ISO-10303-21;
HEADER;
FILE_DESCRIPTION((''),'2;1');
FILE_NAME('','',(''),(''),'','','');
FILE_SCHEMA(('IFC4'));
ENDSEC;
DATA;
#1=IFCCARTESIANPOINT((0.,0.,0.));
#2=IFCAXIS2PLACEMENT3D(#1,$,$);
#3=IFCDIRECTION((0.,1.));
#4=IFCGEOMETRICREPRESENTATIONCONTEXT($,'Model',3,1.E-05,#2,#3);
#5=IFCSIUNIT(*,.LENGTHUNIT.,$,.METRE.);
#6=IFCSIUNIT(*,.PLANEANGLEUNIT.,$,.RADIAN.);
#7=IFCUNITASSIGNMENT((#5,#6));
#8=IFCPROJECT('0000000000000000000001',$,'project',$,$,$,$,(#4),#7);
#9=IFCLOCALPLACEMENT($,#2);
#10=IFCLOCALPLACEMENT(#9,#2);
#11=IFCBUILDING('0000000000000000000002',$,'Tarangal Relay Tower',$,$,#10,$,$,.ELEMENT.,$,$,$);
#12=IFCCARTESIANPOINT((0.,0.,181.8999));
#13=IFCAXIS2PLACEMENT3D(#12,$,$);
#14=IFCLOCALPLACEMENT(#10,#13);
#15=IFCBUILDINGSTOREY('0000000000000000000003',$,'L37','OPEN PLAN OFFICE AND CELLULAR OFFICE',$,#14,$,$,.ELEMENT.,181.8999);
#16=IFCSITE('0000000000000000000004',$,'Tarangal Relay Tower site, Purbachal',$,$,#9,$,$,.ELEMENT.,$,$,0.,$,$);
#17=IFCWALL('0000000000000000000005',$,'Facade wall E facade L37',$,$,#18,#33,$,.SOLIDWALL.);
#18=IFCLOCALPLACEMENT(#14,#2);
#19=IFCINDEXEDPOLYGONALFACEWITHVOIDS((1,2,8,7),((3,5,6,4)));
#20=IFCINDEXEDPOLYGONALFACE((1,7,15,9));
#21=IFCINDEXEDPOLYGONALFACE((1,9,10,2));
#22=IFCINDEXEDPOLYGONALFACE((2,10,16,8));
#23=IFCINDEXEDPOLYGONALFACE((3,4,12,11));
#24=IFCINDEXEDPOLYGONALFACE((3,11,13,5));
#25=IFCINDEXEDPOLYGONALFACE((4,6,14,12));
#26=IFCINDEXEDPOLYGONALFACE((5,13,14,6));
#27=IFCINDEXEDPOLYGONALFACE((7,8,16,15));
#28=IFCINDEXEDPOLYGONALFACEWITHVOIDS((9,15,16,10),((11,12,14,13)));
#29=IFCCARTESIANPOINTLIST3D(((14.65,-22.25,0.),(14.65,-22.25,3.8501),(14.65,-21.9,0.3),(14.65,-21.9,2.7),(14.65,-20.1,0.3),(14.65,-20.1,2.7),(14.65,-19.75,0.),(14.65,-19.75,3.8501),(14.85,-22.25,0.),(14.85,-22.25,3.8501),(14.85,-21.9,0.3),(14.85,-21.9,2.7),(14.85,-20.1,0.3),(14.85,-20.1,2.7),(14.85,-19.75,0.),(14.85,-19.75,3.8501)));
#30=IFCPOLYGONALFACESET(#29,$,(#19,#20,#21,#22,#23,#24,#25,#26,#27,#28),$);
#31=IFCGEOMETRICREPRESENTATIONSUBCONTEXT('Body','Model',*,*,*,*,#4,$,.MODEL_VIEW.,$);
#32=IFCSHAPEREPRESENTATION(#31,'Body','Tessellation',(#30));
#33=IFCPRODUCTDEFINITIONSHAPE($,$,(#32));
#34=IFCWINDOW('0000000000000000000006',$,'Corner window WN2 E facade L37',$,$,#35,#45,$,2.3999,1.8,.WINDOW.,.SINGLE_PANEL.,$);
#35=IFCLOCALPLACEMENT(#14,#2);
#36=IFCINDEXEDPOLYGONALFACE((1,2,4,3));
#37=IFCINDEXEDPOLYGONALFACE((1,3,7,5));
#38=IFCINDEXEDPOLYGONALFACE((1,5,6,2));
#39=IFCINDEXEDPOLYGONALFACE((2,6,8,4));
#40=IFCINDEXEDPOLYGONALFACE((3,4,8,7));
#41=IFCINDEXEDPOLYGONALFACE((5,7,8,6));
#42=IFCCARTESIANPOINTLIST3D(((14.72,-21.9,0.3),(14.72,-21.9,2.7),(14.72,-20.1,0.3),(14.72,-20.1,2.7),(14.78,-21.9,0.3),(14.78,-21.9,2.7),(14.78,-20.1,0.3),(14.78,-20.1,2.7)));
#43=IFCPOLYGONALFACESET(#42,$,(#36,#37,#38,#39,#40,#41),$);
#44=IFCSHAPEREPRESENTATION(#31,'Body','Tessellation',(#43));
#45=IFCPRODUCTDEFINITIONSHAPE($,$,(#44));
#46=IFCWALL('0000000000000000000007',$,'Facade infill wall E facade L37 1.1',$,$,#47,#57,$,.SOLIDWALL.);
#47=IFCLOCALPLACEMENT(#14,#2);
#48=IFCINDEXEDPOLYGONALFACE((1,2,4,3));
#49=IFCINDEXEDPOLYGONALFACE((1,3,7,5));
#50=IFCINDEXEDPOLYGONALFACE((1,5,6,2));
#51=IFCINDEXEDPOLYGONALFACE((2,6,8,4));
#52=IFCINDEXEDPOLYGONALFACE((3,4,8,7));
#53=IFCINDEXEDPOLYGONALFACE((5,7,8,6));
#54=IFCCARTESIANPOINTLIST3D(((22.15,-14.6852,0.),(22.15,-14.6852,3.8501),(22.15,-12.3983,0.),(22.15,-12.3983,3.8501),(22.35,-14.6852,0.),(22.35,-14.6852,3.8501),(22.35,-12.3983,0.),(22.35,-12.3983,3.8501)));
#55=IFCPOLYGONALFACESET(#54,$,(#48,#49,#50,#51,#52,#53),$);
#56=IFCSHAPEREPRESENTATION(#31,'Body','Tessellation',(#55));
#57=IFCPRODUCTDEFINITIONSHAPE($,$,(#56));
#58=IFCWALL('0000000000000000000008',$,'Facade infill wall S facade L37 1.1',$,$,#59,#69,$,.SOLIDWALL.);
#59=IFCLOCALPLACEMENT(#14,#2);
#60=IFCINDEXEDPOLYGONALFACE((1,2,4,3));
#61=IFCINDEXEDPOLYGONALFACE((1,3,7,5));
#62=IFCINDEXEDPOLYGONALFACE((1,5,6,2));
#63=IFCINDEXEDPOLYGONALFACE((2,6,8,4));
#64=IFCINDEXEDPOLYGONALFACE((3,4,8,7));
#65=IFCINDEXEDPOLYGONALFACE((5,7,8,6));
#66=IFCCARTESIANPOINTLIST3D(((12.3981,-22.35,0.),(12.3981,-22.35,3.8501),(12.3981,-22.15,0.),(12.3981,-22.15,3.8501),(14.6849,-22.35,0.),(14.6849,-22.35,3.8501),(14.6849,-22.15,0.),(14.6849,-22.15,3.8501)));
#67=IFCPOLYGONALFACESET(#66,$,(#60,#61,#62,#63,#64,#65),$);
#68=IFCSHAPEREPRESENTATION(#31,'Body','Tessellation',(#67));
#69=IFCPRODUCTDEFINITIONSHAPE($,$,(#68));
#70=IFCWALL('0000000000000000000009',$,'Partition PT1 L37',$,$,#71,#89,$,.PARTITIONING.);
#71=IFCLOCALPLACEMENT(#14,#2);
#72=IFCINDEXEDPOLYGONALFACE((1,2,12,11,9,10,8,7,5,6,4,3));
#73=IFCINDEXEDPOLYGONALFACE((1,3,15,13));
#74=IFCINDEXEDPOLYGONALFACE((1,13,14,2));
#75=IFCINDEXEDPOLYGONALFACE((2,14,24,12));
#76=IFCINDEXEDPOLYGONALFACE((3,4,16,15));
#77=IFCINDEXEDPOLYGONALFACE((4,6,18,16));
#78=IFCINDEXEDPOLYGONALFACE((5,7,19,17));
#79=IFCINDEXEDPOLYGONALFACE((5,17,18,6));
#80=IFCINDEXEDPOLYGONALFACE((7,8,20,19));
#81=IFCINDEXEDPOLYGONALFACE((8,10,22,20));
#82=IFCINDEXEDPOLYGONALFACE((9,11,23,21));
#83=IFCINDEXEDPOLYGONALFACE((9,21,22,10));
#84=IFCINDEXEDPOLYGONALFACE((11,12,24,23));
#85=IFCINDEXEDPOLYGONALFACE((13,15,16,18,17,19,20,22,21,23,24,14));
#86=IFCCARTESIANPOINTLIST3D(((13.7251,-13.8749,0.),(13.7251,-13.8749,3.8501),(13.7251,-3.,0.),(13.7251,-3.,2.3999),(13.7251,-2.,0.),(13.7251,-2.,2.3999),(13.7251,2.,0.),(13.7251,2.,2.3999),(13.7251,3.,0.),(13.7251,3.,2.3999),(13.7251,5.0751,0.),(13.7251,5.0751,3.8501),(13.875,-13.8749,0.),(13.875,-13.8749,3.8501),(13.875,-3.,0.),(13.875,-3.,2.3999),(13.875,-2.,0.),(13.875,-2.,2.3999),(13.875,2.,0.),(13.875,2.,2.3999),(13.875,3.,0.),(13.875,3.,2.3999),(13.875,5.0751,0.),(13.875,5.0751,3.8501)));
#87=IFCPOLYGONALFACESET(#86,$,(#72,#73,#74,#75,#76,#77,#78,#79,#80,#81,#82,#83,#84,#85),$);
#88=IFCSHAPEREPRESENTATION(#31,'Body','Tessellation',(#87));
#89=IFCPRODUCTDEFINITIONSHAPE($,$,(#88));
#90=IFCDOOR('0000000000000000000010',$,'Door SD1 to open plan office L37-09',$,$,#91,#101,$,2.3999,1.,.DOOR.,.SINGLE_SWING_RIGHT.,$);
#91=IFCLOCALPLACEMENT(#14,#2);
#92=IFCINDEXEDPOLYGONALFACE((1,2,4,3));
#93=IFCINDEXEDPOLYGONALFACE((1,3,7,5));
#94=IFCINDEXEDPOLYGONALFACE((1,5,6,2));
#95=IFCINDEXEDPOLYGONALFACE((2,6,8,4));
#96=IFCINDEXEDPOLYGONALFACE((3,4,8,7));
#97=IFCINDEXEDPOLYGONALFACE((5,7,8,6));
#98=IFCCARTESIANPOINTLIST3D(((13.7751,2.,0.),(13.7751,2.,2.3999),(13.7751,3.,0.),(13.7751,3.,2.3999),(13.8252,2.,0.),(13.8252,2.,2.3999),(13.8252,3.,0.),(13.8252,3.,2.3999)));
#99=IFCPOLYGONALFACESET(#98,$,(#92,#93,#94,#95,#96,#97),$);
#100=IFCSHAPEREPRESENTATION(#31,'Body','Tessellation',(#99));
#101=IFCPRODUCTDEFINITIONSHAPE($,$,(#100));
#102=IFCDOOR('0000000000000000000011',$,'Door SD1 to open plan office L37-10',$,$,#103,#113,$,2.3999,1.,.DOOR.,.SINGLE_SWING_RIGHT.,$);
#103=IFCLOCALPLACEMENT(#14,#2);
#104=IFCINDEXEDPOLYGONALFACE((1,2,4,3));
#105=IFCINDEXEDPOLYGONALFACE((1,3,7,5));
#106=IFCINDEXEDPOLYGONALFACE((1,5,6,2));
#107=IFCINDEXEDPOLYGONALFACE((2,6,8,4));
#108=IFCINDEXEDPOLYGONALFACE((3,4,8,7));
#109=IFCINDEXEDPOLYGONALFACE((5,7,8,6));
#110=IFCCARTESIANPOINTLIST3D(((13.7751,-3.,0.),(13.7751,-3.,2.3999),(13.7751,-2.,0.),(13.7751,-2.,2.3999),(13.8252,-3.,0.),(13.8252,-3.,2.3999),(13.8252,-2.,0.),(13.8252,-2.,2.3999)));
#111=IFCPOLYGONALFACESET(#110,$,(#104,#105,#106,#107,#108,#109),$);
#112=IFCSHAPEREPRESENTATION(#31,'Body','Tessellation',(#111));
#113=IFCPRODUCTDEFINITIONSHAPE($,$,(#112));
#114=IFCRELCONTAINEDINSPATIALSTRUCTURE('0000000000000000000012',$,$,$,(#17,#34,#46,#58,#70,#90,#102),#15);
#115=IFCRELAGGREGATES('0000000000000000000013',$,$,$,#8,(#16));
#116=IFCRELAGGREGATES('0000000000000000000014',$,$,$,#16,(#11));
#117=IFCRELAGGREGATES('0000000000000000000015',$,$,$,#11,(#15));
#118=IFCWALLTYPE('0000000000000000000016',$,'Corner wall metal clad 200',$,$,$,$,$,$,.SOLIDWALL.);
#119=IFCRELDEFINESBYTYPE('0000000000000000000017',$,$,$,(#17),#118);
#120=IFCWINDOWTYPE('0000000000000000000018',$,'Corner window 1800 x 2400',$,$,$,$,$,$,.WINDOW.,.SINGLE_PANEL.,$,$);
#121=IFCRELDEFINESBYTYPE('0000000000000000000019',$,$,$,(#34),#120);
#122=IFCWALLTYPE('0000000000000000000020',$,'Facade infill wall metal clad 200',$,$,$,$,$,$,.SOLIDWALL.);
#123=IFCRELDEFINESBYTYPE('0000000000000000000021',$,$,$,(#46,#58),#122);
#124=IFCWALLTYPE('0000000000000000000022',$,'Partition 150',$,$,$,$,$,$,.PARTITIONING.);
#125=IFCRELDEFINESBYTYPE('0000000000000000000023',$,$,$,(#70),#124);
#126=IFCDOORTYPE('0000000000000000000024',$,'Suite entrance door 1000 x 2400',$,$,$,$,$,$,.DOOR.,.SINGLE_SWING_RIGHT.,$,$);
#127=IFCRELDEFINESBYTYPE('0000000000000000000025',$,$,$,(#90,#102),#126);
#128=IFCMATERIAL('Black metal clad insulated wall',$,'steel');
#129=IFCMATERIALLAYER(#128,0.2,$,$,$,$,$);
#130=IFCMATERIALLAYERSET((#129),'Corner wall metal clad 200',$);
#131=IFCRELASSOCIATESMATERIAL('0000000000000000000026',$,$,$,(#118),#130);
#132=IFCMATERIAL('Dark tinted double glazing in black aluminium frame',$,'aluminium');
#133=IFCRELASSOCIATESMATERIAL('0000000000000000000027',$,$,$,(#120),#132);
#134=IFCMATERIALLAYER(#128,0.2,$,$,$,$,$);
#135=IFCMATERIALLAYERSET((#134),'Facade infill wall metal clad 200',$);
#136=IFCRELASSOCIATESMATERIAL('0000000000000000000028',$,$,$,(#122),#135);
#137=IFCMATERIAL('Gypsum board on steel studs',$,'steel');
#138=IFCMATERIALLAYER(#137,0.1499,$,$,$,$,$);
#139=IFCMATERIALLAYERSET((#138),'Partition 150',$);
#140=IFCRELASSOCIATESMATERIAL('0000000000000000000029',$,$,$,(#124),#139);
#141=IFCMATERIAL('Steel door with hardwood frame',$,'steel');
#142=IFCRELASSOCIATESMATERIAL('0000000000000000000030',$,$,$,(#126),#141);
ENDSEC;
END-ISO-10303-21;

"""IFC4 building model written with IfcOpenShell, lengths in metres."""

from ifc_helpers import new_model, si_unit, direction, frame, frame_2d, origin, place, context, subcontext, project, spatial, rectangle, extrude, material, layer, layer_set, type_object, element, fill, save


model = new_model("IFC4")

# Units and contexts
model_context = context("Model", 3, precision=1e-05, world=origin(), true_north=direction((0.0, 1.0)))
body_context = subcontext(model_context, "Body", "Model", "MODEL_VIEW")
ifc_project = project(units=[si_unit("LENGTHUNIT", "METRE"), si_unit("PLANEANGLEUNIT", "RADIAN")], contexts=[model_context])

# Site, building, storey
site_placement = place(None, origin())
site = spatial("IfcSite", under=ifc_project, at=site_placement, Name="Tarangal Relay Tower site, Purbachal", CompositionType="ELEMENT", RefElevation=0.0)
building_placement = place(site_placement, origin())
building = spatial("IfcBuilding", under=site, at=building_placement, Name="Tarangal Relay Tower", CompositionType="ELEMENT")
storey_placement = place(building_placement, frame((0.0, 0.0, 181.8999)))
storey = spatial("IfcBuildingStorey", under=building, at=storey_placement, Name="L37", Description="OPEN PLAN OFFICE AND CELLULAR OFFICE", CompositionType="ELEMENT", Elevation=181.8999)

# Shared definitions
ifc_material_1 = material(Name="Black metal clad insulated wall", Category="steel")
ifc_layer_1 = layer(ifc_material_1, 0.2)
ifc_layer_set_1 = layer_set([ifc_layer_1], Name="Corner wall metal clad 200")
wall_type_1 = type_object("IfcWallType", Name="Corner wall metal clad 200", PredefinedType="SOLIDWALL", material=ifc_layer_set_1)

# Shared definitions
ifc_material_2 = material(Name="Dark tinted double glazing in black aluminium frame", Category="aluminium")
window_type = type_object("IfcWindowType", Name="Corner window 1800 x 2400", PartitioningType="SINGLE_PANEL", PredefinedType="WINDOW", material=ifc_material_2)

# Wall, opening, window
wall_1_placement = place(storey_placement, frame((14.75, -19.75, 0.0), z_axis=(0.0, 0.0, 1.0), x_axis=(0.0, -1.0, 0.0)))
wall_1 = element("IfcWall", 1, at=wall_1_placement, inside=storey, type_object=wall_type_1, Name="Facade wall E facade L37", PredefinedType="SOLIDWALL", context=body_context, shape_type="SweptSolid", body=[
    extrude(rectangle(XDim=2.5, YDim=0.2, at=frame_2d((1.25, 0.0))), origin(), (0.0, 0.0, 1.0), 3.8501),
])
opening_1_placement = place(wall_1_placement, frame((0.3501, 0.0, 0.3)))
opening_1 = element("IfcOpeningElement", 2, at=opening_1_placement, cuts=wall_1, PredefinedType="OPENING", context=body_context, shape_type="SweptSolid", body=[
    extrude(rectangle(XDim=1.8, YDim=2.3999, at=frame_2d((0.8999, 1.2))), frame((0.0, 0.1099, 0.0), z_axis=(0.0, -1.0, 0.0), x_axis=(1.0, 0.0, 0.0)), (0.0, 0.0, 1.0), 0.22),
])
window_1_placement = place(opening_1_placement, origin())
window_1 = element("IfcWindow", 3, at=window_1_placement, inside=storey, type_object=window_type, Name="Corner window WN2 E facade L37", OverallHeight=2.3999, OverallWidth=1.8, PartitioningType="SINGLE_PANEL", PredefinedType="WINDOW", context=body_context, shape_type="SweptSolid", body=[
    extrude(rectangle(XDim=1.8, YDim=2.3999, at=frame_2d((0.8999, 1.2))), frame((0.0, 0.03, 0.0), z_axis=(0.0, -1.0, 0.0), x_axis=(1.0, 0.0, 0.0)), (0.0, 0.0, 1.0), 0.0601),
])
fill(opening_1, window_1)

# Walls
ifc_layer_2 = layer(ifc_material_1, 0.2)
ifc_layer_set_2 = layer_set([ifc_layer_2], Name="Facade infill wall metal clad 200")
wall_type_2 = type_object("IfcWallType", Name="Facade infill wall metal clad 200", PredefinedType="SOLIDWALL", material=ifc_layer_set_2)
for number, where, z_axis, x_axis, name in (
    (4, (22.25, -12.3982, 0.0), (0.0, 0.0, 1.0), (0.0, -1.0, 0.0), "Facade infill wall E facade L37 1.1"),
    (5, (14.6851, -22.25, 0.0), (0.0, 0.0, 1.0), (-1.0, 0.0, 0.0), "Facade infill wall S facade L37 1.1"),
):
    element("IfcWall", number, at=place(storey_placement, frame(where, z_axis=z_axis, x_axis=x_axis)), inside=storey, type_object=wall_type_2, Name=name, PredefinedType="SOLIDWALL", context=body_context, shape_type="SweptSolid", body=[
        extrude(rectangle(XDim=2.2869, YDim=0.2, at=frame_2d((1.1436, 0.0))), origin(), (0.0, 0.0, 1.0), 3.8501),
    ])

# Wall, openings, doors
ifc_material_3 = material(Name="Gypsum board on steel studs", Category="steel")
ifc_layer_3 = layer(ifc_material_3, 0.1499)
ifc_layer_set_3 = layer_set([ifc_layer_3], Name="Partition 150")
wall_type_3 = type_object("IfcWallType", Name="Partition 150", PredefinedType="PARTITIONING", material=ifc_layer_set_3)
wall_2_placement = place(storey_placement, frame((13.8, -13.875, 0.0), z_axis=(0.0, 0.0, 1.0), x_axis=(0.0, 1.0, 0.0)))
wall_2 = element("IfcWall", 6, at=wall_2_placement, inside=storey, type_object=wall_type_3, Name="Partition PT1 L37", PredefinedType="PARTITIONING", context=body_context, shape_type="SweptSolid", body=[
    extrude(rectangle(XDim=18.95, YDim=0.1499, at=frame_2d((9.4751, 0.0))), origin(), (0.0, 0.0, 1.0), 3.8501),
])
opening_2_placement = place(wall_2_placement, frame((15.875, 0.0, 0.0)))
opening_2 = element("IfcOpeningElement", 7, at=opening_2_placement, cuts=wall_2, PredefinedType="OPENING", context=body_context, shape_type="SweptSolid", body=[
    extrude(rectangle(XDim=1.0, YDim=2.3999, at=frame_2d((0.5, 1.2))), frame((0.0, 0.085, 0.0), z_axis=(0.0, -1.0, 0.0), x_axis=(1.0, 0.0, 0.0)), (0.0, 0.0, 1.0), 0.1699),
])
opening_3_placement = place(wall_2_placement, frame((10.875, 0.0, 0.0)))
opening_3 = element("IfcOpeningElement", 8, at=opening_3_placement, cuts=wall_2, PredefinedType="OPENING", context=body_context, shape_type="SweptSolid", body=[
    extrude(rectangle(XDim=1.0, YDim=2.3999, at=frame_2d((0.5, 1.2))), frame((0.0, 0.085, 0.0), z_axis=(0.0, -1.0, 0.0), x_axis=(1.0, 0.0, 0.0)), (0.0, 0.0, 1.0), 0.1699),
])
ifc_material_4 = material(Name="Steel door with hardwood frame", Category="steel")
door_type_1 = type_object("IfcDoorType", Name="Suite entrance door 1000 x 2400", OperationType="SINGLE_SWING_RIGHT", PredefinedType="DOOR", material=ifc_material_4)
door_1_placement = place(opening_2_placement, origin())
door_1 = element("IfcDoor", 9, at=door_1_placement, inside=storey, type_object=door_type_1, Name="Door SD1 to open plan office L37-09", OperationType="SINGLE_SWING_RIGHT", OverallHeight=2.3999, OverallWidth=1.0, PredefinedType="DOOR", context=body_context, shape_type="SweptSolid", body=[
    extrude(rectangle(XDim=1.0, YDim=2.3999, at=frame_2d((0.5, 1.2))), frame((0.0, 0.0249, 0.0), z_axis=(0.0, -1.0, 0.0), x_axis=(1.0, 0.0, 0.0)), (0.0, 0.0, 1.0), 0.05),
])
fill(opening_2, door_1)
door_2_placement = place(opening_3_placement, origin())
door_2 = element("IfcDoor", 10, at=door_2_placement, inside=storey, type_object=door_type_1, Name="Door SD1 to open plan office L37-10", OperationType="SINGLE_SWING_RIGHT", OverallHeight=2.3999, OverallWidth=1.0, PredefinedType="DOOR", context=body_context, shape_type="SweptSolid", body=[
    extrude(rectangle(XDim=1.0, YDim=2.3999, at=frame_2d((0.5, 1.2))), frame((0.0, 0.0249, 0.0), z_axis=(0.0, -1.0, 0.0), x_axis=(1.0, 0.0, 0.0)), (0.0, 0.0, 1.0), 0.05),
])
fill(opening_3, door_2)

save(model, "model.ifc")
